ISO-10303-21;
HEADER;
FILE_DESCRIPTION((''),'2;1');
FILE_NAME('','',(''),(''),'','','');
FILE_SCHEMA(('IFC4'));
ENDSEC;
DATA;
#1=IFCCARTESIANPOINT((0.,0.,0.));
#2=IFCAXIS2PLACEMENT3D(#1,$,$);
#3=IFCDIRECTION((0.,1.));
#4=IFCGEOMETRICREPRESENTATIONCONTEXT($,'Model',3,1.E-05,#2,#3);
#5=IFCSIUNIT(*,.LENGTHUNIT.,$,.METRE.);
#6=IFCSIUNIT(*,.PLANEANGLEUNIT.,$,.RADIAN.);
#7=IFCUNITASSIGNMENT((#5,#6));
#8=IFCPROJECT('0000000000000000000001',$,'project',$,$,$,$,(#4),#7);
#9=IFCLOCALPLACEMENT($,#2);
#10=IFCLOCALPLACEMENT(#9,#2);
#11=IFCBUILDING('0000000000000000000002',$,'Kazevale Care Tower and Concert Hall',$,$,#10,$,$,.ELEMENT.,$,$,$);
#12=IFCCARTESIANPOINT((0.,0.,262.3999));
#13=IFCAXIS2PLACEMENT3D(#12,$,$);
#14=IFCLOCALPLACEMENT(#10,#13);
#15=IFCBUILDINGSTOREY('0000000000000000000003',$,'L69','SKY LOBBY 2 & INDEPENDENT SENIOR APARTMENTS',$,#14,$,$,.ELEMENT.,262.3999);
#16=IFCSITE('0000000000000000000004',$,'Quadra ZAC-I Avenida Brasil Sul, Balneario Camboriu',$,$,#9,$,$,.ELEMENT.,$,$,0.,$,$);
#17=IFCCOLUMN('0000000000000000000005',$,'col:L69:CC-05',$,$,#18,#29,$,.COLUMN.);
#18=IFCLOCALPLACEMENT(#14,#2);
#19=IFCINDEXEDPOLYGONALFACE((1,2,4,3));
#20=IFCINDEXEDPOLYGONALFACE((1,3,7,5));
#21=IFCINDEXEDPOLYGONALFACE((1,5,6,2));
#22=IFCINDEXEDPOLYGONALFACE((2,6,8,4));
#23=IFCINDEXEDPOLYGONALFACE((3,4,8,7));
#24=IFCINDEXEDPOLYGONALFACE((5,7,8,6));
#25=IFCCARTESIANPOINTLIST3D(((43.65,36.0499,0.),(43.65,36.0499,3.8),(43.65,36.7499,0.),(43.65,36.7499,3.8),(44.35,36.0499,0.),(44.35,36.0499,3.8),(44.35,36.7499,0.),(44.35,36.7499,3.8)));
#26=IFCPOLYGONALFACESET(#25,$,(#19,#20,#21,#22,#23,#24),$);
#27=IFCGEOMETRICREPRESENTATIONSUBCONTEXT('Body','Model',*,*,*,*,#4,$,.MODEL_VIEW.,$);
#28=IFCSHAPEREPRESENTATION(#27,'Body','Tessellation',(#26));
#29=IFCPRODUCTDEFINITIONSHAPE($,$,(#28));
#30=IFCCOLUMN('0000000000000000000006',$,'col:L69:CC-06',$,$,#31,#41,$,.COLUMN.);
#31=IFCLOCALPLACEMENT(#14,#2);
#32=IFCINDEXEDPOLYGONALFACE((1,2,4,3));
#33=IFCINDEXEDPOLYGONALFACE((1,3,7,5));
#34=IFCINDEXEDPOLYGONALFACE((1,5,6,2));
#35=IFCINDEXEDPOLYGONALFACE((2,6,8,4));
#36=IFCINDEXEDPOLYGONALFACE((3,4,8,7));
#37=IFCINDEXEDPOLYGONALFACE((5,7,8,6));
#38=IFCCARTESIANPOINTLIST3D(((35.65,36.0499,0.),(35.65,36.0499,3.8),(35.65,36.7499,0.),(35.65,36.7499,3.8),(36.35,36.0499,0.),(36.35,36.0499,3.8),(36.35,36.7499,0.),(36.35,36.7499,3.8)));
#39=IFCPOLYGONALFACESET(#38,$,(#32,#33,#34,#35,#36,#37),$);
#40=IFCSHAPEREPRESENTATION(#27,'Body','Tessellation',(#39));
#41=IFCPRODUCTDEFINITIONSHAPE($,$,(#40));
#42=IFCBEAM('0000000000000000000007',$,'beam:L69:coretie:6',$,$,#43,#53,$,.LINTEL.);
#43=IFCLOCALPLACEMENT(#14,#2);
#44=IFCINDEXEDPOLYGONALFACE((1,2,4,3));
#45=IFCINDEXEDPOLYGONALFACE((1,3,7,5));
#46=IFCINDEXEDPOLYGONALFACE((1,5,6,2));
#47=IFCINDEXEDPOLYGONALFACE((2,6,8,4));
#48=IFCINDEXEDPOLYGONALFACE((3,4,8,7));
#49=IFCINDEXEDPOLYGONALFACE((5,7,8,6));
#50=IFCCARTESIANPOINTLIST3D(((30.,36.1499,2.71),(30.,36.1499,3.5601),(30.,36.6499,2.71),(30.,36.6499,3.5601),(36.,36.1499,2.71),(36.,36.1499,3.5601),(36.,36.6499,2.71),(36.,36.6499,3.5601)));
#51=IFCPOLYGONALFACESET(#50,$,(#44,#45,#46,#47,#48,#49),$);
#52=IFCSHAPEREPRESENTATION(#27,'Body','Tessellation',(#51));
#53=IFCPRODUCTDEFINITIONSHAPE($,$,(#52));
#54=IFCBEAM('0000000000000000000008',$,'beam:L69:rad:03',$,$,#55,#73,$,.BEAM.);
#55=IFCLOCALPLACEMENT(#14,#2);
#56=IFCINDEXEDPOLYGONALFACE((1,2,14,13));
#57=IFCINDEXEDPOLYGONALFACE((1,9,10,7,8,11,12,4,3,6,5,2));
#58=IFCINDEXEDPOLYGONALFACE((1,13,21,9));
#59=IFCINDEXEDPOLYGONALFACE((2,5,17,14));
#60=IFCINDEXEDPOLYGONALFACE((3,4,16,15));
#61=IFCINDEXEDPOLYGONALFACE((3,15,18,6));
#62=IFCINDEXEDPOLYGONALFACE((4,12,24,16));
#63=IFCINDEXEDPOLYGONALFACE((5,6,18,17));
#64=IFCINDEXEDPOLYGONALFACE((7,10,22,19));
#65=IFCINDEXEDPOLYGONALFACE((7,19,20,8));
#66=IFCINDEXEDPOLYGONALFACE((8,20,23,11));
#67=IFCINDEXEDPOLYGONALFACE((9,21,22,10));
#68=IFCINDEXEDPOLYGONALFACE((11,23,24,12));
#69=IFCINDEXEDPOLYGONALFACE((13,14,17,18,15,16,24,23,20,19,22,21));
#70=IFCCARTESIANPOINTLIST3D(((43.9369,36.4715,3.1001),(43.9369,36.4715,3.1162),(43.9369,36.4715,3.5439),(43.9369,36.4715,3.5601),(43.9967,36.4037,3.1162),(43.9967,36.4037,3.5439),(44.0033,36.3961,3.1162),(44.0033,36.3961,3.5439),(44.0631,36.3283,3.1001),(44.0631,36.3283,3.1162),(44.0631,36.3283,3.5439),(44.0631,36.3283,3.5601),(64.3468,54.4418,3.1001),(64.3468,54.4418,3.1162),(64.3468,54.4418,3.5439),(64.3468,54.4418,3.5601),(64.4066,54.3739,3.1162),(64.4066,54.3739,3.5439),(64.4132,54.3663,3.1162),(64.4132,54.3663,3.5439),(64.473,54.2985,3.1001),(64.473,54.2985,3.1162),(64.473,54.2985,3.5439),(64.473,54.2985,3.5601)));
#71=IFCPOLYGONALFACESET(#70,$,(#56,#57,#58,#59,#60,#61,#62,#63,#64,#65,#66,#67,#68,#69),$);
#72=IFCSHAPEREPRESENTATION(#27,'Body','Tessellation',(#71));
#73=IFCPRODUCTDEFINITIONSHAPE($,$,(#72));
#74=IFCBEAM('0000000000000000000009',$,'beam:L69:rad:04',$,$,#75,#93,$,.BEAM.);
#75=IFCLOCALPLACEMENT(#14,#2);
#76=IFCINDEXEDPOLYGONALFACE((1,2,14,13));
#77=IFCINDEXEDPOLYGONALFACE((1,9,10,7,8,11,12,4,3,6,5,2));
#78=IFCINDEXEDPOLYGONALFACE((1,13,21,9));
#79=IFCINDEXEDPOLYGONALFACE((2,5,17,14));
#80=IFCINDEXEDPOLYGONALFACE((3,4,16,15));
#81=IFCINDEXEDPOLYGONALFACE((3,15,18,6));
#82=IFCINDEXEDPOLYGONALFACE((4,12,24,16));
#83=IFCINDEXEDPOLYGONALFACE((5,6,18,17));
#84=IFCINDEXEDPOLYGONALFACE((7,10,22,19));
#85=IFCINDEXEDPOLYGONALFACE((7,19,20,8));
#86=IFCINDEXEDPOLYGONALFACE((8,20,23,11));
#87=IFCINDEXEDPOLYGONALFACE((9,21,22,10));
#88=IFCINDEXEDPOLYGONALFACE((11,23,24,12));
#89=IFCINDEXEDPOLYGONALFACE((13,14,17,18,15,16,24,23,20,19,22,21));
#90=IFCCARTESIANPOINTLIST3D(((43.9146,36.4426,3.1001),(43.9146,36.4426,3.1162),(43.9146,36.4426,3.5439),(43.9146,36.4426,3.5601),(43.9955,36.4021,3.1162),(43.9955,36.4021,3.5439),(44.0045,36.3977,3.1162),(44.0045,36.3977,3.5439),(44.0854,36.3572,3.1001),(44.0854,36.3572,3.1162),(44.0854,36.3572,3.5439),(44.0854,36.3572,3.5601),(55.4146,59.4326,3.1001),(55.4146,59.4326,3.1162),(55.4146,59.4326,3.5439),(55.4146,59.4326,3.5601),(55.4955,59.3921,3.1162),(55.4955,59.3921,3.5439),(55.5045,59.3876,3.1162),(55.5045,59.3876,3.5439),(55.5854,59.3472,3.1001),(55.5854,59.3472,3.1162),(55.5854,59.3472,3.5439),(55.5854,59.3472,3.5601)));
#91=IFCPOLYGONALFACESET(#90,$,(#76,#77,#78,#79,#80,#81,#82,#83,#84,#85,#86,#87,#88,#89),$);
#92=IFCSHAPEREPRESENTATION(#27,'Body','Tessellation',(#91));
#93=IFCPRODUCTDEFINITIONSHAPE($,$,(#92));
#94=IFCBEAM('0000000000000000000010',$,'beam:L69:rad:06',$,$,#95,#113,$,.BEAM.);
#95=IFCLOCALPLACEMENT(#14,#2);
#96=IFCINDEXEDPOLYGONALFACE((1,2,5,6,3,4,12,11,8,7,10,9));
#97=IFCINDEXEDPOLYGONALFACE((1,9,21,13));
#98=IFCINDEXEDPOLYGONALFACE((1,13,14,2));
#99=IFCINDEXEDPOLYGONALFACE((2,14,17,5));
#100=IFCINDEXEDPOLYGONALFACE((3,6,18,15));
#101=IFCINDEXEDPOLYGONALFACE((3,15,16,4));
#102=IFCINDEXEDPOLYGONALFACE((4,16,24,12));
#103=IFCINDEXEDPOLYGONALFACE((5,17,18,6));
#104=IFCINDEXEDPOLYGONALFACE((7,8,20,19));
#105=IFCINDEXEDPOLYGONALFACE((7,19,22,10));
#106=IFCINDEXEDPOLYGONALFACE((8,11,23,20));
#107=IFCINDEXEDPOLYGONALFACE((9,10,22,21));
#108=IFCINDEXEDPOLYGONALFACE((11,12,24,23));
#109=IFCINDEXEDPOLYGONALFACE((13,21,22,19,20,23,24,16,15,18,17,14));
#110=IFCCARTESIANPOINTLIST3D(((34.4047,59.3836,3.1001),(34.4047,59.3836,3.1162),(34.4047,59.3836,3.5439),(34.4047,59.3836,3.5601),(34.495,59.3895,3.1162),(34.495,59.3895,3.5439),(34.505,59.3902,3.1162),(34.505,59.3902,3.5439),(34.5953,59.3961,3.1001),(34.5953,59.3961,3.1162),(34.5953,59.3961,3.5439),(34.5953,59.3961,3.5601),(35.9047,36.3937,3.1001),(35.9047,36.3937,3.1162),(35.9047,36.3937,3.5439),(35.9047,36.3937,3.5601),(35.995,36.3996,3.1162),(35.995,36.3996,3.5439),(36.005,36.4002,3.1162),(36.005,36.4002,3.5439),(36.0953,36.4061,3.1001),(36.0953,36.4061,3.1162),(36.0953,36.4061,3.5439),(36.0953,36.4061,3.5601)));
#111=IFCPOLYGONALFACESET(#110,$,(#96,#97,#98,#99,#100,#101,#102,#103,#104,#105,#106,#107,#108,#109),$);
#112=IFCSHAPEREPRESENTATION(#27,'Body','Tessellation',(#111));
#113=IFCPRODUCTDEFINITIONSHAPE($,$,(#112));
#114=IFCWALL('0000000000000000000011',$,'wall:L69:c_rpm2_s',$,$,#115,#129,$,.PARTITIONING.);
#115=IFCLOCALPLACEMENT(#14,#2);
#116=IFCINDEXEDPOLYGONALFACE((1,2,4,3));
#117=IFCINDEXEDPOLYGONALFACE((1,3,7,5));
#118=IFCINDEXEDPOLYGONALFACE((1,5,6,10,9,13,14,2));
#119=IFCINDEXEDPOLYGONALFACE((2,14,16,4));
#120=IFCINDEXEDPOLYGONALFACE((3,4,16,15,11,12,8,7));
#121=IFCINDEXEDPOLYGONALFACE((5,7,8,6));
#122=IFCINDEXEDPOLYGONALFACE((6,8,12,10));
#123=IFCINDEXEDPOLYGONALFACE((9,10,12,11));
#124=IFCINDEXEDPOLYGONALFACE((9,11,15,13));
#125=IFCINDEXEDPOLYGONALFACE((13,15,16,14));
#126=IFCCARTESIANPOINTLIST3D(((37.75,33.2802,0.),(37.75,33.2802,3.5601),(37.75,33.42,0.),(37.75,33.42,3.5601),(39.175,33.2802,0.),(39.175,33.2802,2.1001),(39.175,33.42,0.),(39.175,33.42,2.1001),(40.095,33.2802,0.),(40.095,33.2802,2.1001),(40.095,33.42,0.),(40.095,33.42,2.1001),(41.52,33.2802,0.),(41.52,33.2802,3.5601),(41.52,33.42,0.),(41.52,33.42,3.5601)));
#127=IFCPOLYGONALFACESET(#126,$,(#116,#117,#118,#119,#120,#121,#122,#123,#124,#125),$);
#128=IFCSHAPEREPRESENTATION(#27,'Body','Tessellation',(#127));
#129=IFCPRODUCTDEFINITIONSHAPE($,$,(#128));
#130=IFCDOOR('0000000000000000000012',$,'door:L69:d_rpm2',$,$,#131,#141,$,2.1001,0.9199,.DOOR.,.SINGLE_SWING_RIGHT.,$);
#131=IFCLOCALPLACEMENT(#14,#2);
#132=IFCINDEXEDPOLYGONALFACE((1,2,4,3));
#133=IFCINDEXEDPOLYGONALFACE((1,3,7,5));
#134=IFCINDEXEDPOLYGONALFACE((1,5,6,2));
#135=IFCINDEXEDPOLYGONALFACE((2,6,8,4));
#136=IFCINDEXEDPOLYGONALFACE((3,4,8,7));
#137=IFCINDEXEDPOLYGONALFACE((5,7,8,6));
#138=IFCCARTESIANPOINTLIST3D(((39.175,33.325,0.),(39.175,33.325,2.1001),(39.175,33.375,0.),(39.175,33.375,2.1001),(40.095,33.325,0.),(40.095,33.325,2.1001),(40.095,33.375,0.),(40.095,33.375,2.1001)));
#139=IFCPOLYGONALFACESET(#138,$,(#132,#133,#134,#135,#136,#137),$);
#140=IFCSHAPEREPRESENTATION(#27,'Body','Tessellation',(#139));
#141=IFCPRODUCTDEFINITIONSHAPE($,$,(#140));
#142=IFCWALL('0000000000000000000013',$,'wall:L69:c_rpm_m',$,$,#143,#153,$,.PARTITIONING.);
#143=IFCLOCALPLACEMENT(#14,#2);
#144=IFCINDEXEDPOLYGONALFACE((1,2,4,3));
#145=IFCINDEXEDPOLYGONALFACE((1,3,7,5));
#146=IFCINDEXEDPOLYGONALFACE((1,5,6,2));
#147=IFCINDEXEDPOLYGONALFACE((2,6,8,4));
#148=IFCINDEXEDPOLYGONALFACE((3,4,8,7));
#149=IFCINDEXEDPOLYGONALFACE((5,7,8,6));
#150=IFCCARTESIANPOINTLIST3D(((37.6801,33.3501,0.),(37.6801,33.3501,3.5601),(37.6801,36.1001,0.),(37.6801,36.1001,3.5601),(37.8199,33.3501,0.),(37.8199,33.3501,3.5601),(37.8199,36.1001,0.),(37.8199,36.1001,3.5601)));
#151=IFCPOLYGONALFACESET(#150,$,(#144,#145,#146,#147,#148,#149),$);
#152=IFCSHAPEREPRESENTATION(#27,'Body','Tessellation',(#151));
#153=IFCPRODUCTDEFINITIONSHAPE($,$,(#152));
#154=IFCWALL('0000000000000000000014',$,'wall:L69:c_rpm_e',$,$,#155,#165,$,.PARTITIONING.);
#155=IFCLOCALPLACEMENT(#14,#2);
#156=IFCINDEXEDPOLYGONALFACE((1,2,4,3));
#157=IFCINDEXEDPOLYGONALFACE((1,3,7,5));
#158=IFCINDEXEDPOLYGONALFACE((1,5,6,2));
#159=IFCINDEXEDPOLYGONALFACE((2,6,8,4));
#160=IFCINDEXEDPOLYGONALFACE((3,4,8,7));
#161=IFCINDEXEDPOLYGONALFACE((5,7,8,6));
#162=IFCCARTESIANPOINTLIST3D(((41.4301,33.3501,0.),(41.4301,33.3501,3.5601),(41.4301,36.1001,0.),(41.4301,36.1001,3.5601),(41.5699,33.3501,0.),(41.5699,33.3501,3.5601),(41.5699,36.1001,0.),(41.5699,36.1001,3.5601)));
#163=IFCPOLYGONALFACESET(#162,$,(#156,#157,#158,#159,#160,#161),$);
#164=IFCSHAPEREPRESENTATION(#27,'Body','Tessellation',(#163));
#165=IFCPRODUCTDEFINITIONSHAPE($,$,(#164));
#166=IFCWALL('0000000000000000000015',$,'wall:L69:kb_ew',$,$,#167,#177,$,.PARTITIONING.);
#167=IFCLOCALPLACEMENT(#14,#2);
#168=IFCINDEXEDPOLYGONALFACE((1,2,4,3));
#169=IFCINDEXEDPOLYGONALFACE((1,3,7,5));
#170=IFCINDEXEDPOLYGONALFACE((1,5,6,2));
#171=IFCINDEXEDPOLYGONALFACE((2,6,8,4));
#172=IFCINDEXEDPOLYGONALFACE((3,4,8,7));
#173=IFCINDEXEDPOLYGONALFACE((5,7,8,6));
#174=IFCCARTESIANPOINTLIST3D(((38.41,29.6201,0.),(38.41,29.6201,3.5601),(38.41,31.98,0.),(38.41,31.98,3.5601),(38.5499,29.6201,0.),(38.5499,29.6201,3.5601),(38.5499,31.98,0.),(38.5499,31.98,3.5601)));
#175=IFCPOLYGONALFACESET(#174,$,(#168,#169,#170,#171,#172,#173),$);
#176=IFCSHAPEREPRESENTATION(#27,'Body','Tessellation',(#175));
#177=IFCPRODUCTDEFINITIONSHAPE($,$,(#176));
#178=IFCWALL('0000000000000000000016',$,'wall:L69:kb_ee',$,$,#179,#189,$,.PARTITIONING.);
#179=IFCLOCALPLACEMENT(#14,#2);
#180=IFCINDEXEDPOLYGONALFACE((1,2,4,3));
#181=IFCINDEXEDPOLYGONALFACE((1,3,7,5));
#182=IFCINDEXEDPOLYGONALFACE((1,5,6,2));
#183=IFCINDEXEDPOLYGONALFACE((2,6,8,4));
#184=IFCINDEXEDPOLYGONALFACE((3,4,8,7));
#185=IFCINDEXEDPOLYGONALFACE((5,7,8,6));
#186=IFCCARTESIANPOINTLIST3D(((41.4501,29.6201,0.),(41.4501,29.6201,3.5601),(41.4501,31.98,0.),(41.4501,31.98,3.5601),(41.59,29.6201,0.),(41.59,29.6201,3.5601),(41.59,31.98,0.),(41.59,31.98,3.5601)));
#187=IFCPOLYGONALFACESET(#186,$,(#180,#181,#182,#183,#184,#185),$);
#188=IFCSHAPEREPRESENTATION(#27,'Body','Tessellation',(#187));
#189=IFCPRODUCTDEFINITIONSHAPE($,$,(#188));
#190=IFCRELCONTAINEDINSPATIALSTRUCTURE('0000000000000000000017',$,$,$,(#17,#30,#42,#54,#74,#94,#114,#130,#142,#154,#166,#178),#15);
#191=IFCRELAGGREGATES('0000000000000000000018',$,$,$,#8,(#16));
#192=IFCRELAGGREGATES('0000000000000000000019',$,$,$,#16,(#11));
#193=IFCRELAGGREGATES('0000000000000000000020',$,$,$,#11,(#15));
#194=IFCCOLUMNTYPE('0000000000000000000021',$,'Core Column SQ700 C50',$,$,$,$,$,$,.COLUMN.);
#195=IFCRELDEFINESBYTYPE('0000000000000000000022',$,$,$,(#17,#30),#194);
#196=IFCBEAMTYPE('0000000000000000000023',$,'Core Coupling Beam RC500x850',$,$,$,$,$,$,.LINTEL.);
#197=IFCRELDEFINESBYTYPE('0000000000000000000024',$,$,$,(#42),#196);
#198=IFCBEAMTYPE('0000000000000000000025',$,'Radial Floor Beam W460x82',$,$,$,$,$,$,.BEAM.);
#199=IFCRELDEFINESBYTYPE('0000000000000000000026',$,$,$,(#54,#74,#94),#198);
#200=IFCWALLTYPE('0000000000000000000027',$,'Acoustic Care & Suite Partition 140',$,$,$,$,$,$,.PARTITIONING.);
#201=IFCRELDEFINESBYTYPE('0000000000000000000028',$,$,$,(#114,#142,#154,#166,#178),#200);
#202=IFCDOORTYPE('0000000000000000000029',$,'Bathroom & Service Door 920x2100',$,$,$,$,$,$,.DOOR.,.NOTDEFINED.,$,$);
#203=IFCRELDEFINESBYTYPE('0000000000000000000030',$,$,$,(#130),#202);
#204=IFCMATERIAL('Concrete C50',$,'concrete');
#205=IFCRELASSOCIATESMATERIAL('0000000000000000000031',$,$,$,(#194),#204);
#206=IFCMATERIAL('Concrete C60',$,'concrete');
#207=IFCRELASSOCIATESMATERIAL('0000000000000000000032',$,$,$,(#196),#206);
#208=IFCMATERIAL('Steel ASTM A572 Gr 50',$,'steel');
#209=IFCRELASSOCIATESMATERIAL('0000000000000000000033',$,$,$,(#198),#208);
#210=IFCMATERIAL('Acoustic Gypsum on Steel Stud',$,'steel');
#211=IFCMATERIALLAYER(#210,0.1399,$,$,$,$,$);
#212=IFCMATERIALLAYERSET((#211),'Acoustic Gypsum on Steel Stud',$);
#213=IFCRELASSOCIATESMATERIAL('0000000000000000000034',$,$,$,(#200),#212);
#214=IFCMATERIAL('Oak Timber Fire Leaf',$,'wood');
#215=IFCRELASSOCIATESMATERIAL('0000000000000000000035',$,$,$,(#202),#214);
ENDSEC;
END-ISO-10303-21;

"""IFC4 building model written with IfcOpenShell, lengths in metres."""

from ifc_helpers import new_model, si_unit, direction, frame, frame_2d, origin, origin_2d, place, context, subcontext, project, spatial, rectangle, i_section, extrude, material, layer, layer_set, material_profile, profile_set, type_object, element, fill, save


model = new_model("IFC4")

# Units and contexts
model_context = context("Model", 3, precision=1e-05, world=origin(), true_north=direction((0.0, 1.0)))
body_context = subcontext(model_context, "Body", "Model", "MODEL_VIEW")
ifc_project = project(units=[si_unit("LENGTHUNIT", "METRE"), si_unit("PLANEANGLEUNIT", "RADIAN")], contexts=[model_context])

# Site, building, storey
site_placement = place(None, origin())
site = spatial("IfcSite", under=ifc_project, at=site_placement, Name="Quadra ZAC-I Avenida Brasil Sul, Balneario Camboriu", CompositionType="ELEMENT", RefElevation=0.0)
building_placement = place(site_placement, origin())
building = spatial("IfcBuilding", under=site, at=building_placement, Name="Kazevale Care Tower and Concert Hall", CompositionType="ELEMENT")
storey_placement = place(building_placement, frame((0.0, 0.0, 262.3999)))
storey = spatial("IfcBuildingStorey", under=building, at=storey_placement, Name="L69", Description="SKY LOBBY 2 & INDEPENDENT SENIOR APARTMENTS", CompositionType="ELEMENT", Elevation=262.3999)

# Columns
ifc_material_1 = material(Name="Concrete C50", Category="concrete")
ifc_material_profile_1 = material_profile(ifc_material_1, rectangle(XDim=0.7, YDim=0.7, at=origin_2d()), Name="RC-SQ700")
ifc_profile_set_1 = profile_set([ifc_material_profile_1], Name="Concrete C50")
column_type = type_object("IfcColumnType", Name="Core Column SQ700 C50", PredefinedType="COLUMN", material=ifc_profile_set_1)
for number, where, z_axis, x_axis, name in (
    (1, (44.0, 36.3999, 0.0), (0.0, 0.0, 1.0), (1.0, 0.0, 0.0), "col:L69:CC-05"),
    (2, (36.0, 36.3999, 0.0), (0.0, 0.0, 1.0), (1.0, 0.0, 0.0), "col:L69:CC-06"),
):
    element("IfcColumn", number, at=place(storey_placement, frame(where, z_axis=z_axis, x_axis=x_axis)), inside=storey, type_object=column_type, Name=name, PredefinedType="COLUMN", context=body_context, shape_type="SweptSolid", body=[
        extrude(rectangle(XDim=0.7, YDim=0.7, at=origin_2d()), origin(), (0.0, 0.0, 1.0), 3.8),
    ])

# Beams
ifc_material_2 = material(Name="Concrete C60", Category="concrete")
ifc_material_profile_2 = material_profile(ifc_material_2, rectangle(XDim=0.5, YDim=0.8501, at=origin_2d()), Name="RC-B500x850")
ifc_profile_set_2 = profile_set([ifc_material_profile_2], Name="Concrete C60")
beam_type_1 = type_object("IfcBeamType", Name="Core Coupling Beam RC500x850", PredefinedType="LINTEL", material=ifc_profile_set_2)
beam_1_placement = place(storey_placement, frame((36.0, 36.3999, 3.135), z_axis=(-1.0, 0.0, 0.0), x_axis=(0.0, -1.0, 0.0)))
element("IfcBeam", 3, at=beam_1_placement, inside=storey, type_object=beam_type_1, Name="beam:L69:coretie:6", PredefinedType="LINTEL", context=body_context, shape_type="SweptSolid", body=[
    extrude(rectangle(XDim=0.5, YDim=0.8501, at=origin_2d()), origin(), (0.0, 0.0, 1.0), 6.0),
])
ifc_material_3 = material(Name="Steel ASTM A572 Gr 50", Category="steel")
ifc_material_profile_3 = material_profile(ifc_material_3, i_section(OverallWidth=0.1909, OverallDepth=0.46, WebThickness=0.01, FlangeThickness=0.0161, at=origin_2d()), Name="W460x82")
ifc_profile_set_3 = profile_set([ifc_material_profile_3], Name="Steel ASTM A572 Gr 50")
beam_type_2 = type_object("IfcBeamType", Name="Radial Floor Beam W460x82", PredefinedType="BEAM", material=ifc_profile_set_3)
beam_2_placement = place(storey_placement, frame((44.0, 36.3999, 3.3301), z_axis=(0.75054, 0.660825, 0.0), x_axis=(-0.660825, 0.75054, 0.0)))
element("IfcBeam", 4, at=beam_2_placement, inside=storey, type_object=beam_type_2, Name="beam:L69:rad:03", PredefinedType="BEAM", context=body_context, shape_type="SweptSolid", body=[
    extrude(i_section(OverallWidth=0.1909, OverallDepth=0.46, WebThickness=0.01, FlangeThickness=0.0161, at=origin_2d()), origin(), (0.0, 0.0, 1.0), 27.1936),
])
beam_3_placement = place(storey_placement, frame((44.0, 36.3999, 3.3301), z_axis=(0.447369, 0.894349, 0.0), x_axis=(-0.894349, 0.447369, 0.0)))
element("IfcBeam", 5, at=beam_3_placement, inside=storey, type_object=beam_type_2, Name="beam:L69:rad:04", PredefinedType="BEAM", context=body_context, shape_type="SweptSolid", body=[
    extrude(i_section(OverallWidth=0.1909, OverallDepth=0.46, WebThickness=0.01, FlangeThickness=0.0161, at=origin_2d()), origin(), (0.0, 0.0, 1.0), 25.7058),
])
beam_4_placement = place(storey_placement, frame((36.0, 36.3999, 3.3301), z_axis=(-0.065107, 0.997878, 0.0), x_axis=(-0.997878, -0.065107, 0.0)))
element("IfcBeam", 6, at=beam_4_placement, inside=storey, type_object=beam_type_2, Name="beam:L69:rad:06", PredefinedType="BEAM", context=body_context, shape_type="SweptSolid", body=[
    extrude(i_section(OverallWidth=0.1909, OverallDepth=0.46, WebThickness=0.01, FlangeThickness=0.0161, at=origin_2d()), origin(), (0.0, 0.0, 1.0), 23.0388),
])

# Wall, opening, door
ifc_material_4 = material(Name="Acoustic Gypsum on Steel Stud", Category="steel")
ifc_layer_1 = layer(ifc_material_4, 0.1399)
ifc_layer_set_1 = layer_set([ifc_layer_1], Name="Acoustic Gypsum on Steel Stud")
wall_type_1 = type_object("IfcWallType", Name="Acoustic Care & Suite Partition 140", PredefinedType="PARTITIONING", material=ifc_layer_set_1)
wall_1_placement = place(storey_placement, frame((37.75, 33.3501, 0.0), z_axis=(0.0, 0.0, 1.0), x_axis=(1.0, 0.0, 0.0)))
wall_1 = element("IfcWall", 7, at=wall_1_placement, inside=storey, type_object=wall_type_1, Name="wall:L69:c_rpm2_s", PredefinedType="PARTITIONING", context=body_context, shape_type="SweptSolid", body=[
    extrude(rectangle(XDim=3.77, YDim=0.1399, at=frame_2d((1.885, 0.0))), origin(), (0.0, 0.0, 1.0), 3.5601),
])
opening_1_placement = place(wall_1_placement, frame((1.425, 0.0, 0.0)))
opening_1 = element("IfcOpeningElement", 8, at=opening_1_placement, cuts=wall_1, PredefinedType="OPENING", context=body_context, shape_type="SweptSolid", body=[
    extrude(rectangle(XDim=0.9199, YDim=2.1001, at=frame_2d((0.46, 1.05))), frame((0.0, 0.0798, 0.0), z_axis=(0.0, -1.0, 0.0), x_axis=(1.0, 0.0, 0.0)), (0.0, 0.0, 1.0), 0.1599),
])
ifc_material_5 = material(Name="Oak Timber Fire Leaf", Category="wood")
door_type_1 = type_object("IfcDoorType", Name="Bathroom & Service Door 920x2100", OperationType="NOTDEFINED", PredefinedType="DOOR", material=ifc_material_5)
door_1_placement = place(opening_1_placement, origin())
door_1 = element("IfcDoor", 9, at=door_1_placement, inside=storey, type_object=door_type_1, Name="door:L69:d_rpm2", OperationType="SINGLE_SWING_RIGHT", OverallHeight=2.1001, OverallWidth=0.9199, PredefinedType="DOOR", context=body_context, shape_type="SweptSolid", body=[
    extrude(rectangle(XDim=0.9199, YDim=2.1001, at=frame_2d((0.46, 1.05))), frame((0.0, 0.0249, 0.0), z_axis=(0.0, -1.0, 0.0), x_axis=(1.0, 0.0, 0.0)), (0.0, 0.0, 1.0), 0.05),
])
fill(opening_1, door_1)

# Walls
for number, where, z_axis, x_axis, name in (
    (10, (37.75, 33.3501, 0.0), (0.0, 0.0, 1.0), (0.0, 1.0, 0.0), "wall:L69:c_rpm_m"),
    (11, (41.5, 33.3501, 0.0), (0.0, 0.0, 1.0), (0.0, 1.0, 0.0), "wall:L69:c_rpm_e"),
):
    element("IfcWall", number, at=place(storey_placement, frame(where, z_axis=z_axis, x_axis=x_axis)), inside=storey, type_object=wall_type_1, Name=name, PredefinedType="PARTITIONING", context=body_context, shape_type="SweptSolid", body=[
        extrude(rectangle(XDim=2.75, YDim=0.1399, at=frame_2d((1.375, 0.0))), origin(), (0.0, 0.0, 1.0), 3.5601),
    ])
for number, where, z_axis, x_axis, name in (
    (12, (38.48, 29.6201, 0.0), (0.0, 0.0, 1.0), (0.0, 1.0, 0.0), "wall:L69:kb_ew"),
    (13, (41.52, 29.6201, 0.0), (0.0, 0.0, 1.0), (0.0, 1.0, 0.0), "wall:L69:kb_ee"),
):
    element("IfcWall", number, at=place(storey_placement, frame(where, z_axis=z_axis, x_axis=x_axis)), inside=storey, type_object=wall_type_1, Name=name, PredefinedType="PARTITIONING", context=body_context, shape_type="SweptSolid", body=[
        extrude(rectangle(XDim=2.3599, YDim=0.1399, at=frame_2d((1.1799, 0.0))), origin(), (0.0, 0.0, 1.0), 3.5601),
    ])

save(model, "model.ifc")
